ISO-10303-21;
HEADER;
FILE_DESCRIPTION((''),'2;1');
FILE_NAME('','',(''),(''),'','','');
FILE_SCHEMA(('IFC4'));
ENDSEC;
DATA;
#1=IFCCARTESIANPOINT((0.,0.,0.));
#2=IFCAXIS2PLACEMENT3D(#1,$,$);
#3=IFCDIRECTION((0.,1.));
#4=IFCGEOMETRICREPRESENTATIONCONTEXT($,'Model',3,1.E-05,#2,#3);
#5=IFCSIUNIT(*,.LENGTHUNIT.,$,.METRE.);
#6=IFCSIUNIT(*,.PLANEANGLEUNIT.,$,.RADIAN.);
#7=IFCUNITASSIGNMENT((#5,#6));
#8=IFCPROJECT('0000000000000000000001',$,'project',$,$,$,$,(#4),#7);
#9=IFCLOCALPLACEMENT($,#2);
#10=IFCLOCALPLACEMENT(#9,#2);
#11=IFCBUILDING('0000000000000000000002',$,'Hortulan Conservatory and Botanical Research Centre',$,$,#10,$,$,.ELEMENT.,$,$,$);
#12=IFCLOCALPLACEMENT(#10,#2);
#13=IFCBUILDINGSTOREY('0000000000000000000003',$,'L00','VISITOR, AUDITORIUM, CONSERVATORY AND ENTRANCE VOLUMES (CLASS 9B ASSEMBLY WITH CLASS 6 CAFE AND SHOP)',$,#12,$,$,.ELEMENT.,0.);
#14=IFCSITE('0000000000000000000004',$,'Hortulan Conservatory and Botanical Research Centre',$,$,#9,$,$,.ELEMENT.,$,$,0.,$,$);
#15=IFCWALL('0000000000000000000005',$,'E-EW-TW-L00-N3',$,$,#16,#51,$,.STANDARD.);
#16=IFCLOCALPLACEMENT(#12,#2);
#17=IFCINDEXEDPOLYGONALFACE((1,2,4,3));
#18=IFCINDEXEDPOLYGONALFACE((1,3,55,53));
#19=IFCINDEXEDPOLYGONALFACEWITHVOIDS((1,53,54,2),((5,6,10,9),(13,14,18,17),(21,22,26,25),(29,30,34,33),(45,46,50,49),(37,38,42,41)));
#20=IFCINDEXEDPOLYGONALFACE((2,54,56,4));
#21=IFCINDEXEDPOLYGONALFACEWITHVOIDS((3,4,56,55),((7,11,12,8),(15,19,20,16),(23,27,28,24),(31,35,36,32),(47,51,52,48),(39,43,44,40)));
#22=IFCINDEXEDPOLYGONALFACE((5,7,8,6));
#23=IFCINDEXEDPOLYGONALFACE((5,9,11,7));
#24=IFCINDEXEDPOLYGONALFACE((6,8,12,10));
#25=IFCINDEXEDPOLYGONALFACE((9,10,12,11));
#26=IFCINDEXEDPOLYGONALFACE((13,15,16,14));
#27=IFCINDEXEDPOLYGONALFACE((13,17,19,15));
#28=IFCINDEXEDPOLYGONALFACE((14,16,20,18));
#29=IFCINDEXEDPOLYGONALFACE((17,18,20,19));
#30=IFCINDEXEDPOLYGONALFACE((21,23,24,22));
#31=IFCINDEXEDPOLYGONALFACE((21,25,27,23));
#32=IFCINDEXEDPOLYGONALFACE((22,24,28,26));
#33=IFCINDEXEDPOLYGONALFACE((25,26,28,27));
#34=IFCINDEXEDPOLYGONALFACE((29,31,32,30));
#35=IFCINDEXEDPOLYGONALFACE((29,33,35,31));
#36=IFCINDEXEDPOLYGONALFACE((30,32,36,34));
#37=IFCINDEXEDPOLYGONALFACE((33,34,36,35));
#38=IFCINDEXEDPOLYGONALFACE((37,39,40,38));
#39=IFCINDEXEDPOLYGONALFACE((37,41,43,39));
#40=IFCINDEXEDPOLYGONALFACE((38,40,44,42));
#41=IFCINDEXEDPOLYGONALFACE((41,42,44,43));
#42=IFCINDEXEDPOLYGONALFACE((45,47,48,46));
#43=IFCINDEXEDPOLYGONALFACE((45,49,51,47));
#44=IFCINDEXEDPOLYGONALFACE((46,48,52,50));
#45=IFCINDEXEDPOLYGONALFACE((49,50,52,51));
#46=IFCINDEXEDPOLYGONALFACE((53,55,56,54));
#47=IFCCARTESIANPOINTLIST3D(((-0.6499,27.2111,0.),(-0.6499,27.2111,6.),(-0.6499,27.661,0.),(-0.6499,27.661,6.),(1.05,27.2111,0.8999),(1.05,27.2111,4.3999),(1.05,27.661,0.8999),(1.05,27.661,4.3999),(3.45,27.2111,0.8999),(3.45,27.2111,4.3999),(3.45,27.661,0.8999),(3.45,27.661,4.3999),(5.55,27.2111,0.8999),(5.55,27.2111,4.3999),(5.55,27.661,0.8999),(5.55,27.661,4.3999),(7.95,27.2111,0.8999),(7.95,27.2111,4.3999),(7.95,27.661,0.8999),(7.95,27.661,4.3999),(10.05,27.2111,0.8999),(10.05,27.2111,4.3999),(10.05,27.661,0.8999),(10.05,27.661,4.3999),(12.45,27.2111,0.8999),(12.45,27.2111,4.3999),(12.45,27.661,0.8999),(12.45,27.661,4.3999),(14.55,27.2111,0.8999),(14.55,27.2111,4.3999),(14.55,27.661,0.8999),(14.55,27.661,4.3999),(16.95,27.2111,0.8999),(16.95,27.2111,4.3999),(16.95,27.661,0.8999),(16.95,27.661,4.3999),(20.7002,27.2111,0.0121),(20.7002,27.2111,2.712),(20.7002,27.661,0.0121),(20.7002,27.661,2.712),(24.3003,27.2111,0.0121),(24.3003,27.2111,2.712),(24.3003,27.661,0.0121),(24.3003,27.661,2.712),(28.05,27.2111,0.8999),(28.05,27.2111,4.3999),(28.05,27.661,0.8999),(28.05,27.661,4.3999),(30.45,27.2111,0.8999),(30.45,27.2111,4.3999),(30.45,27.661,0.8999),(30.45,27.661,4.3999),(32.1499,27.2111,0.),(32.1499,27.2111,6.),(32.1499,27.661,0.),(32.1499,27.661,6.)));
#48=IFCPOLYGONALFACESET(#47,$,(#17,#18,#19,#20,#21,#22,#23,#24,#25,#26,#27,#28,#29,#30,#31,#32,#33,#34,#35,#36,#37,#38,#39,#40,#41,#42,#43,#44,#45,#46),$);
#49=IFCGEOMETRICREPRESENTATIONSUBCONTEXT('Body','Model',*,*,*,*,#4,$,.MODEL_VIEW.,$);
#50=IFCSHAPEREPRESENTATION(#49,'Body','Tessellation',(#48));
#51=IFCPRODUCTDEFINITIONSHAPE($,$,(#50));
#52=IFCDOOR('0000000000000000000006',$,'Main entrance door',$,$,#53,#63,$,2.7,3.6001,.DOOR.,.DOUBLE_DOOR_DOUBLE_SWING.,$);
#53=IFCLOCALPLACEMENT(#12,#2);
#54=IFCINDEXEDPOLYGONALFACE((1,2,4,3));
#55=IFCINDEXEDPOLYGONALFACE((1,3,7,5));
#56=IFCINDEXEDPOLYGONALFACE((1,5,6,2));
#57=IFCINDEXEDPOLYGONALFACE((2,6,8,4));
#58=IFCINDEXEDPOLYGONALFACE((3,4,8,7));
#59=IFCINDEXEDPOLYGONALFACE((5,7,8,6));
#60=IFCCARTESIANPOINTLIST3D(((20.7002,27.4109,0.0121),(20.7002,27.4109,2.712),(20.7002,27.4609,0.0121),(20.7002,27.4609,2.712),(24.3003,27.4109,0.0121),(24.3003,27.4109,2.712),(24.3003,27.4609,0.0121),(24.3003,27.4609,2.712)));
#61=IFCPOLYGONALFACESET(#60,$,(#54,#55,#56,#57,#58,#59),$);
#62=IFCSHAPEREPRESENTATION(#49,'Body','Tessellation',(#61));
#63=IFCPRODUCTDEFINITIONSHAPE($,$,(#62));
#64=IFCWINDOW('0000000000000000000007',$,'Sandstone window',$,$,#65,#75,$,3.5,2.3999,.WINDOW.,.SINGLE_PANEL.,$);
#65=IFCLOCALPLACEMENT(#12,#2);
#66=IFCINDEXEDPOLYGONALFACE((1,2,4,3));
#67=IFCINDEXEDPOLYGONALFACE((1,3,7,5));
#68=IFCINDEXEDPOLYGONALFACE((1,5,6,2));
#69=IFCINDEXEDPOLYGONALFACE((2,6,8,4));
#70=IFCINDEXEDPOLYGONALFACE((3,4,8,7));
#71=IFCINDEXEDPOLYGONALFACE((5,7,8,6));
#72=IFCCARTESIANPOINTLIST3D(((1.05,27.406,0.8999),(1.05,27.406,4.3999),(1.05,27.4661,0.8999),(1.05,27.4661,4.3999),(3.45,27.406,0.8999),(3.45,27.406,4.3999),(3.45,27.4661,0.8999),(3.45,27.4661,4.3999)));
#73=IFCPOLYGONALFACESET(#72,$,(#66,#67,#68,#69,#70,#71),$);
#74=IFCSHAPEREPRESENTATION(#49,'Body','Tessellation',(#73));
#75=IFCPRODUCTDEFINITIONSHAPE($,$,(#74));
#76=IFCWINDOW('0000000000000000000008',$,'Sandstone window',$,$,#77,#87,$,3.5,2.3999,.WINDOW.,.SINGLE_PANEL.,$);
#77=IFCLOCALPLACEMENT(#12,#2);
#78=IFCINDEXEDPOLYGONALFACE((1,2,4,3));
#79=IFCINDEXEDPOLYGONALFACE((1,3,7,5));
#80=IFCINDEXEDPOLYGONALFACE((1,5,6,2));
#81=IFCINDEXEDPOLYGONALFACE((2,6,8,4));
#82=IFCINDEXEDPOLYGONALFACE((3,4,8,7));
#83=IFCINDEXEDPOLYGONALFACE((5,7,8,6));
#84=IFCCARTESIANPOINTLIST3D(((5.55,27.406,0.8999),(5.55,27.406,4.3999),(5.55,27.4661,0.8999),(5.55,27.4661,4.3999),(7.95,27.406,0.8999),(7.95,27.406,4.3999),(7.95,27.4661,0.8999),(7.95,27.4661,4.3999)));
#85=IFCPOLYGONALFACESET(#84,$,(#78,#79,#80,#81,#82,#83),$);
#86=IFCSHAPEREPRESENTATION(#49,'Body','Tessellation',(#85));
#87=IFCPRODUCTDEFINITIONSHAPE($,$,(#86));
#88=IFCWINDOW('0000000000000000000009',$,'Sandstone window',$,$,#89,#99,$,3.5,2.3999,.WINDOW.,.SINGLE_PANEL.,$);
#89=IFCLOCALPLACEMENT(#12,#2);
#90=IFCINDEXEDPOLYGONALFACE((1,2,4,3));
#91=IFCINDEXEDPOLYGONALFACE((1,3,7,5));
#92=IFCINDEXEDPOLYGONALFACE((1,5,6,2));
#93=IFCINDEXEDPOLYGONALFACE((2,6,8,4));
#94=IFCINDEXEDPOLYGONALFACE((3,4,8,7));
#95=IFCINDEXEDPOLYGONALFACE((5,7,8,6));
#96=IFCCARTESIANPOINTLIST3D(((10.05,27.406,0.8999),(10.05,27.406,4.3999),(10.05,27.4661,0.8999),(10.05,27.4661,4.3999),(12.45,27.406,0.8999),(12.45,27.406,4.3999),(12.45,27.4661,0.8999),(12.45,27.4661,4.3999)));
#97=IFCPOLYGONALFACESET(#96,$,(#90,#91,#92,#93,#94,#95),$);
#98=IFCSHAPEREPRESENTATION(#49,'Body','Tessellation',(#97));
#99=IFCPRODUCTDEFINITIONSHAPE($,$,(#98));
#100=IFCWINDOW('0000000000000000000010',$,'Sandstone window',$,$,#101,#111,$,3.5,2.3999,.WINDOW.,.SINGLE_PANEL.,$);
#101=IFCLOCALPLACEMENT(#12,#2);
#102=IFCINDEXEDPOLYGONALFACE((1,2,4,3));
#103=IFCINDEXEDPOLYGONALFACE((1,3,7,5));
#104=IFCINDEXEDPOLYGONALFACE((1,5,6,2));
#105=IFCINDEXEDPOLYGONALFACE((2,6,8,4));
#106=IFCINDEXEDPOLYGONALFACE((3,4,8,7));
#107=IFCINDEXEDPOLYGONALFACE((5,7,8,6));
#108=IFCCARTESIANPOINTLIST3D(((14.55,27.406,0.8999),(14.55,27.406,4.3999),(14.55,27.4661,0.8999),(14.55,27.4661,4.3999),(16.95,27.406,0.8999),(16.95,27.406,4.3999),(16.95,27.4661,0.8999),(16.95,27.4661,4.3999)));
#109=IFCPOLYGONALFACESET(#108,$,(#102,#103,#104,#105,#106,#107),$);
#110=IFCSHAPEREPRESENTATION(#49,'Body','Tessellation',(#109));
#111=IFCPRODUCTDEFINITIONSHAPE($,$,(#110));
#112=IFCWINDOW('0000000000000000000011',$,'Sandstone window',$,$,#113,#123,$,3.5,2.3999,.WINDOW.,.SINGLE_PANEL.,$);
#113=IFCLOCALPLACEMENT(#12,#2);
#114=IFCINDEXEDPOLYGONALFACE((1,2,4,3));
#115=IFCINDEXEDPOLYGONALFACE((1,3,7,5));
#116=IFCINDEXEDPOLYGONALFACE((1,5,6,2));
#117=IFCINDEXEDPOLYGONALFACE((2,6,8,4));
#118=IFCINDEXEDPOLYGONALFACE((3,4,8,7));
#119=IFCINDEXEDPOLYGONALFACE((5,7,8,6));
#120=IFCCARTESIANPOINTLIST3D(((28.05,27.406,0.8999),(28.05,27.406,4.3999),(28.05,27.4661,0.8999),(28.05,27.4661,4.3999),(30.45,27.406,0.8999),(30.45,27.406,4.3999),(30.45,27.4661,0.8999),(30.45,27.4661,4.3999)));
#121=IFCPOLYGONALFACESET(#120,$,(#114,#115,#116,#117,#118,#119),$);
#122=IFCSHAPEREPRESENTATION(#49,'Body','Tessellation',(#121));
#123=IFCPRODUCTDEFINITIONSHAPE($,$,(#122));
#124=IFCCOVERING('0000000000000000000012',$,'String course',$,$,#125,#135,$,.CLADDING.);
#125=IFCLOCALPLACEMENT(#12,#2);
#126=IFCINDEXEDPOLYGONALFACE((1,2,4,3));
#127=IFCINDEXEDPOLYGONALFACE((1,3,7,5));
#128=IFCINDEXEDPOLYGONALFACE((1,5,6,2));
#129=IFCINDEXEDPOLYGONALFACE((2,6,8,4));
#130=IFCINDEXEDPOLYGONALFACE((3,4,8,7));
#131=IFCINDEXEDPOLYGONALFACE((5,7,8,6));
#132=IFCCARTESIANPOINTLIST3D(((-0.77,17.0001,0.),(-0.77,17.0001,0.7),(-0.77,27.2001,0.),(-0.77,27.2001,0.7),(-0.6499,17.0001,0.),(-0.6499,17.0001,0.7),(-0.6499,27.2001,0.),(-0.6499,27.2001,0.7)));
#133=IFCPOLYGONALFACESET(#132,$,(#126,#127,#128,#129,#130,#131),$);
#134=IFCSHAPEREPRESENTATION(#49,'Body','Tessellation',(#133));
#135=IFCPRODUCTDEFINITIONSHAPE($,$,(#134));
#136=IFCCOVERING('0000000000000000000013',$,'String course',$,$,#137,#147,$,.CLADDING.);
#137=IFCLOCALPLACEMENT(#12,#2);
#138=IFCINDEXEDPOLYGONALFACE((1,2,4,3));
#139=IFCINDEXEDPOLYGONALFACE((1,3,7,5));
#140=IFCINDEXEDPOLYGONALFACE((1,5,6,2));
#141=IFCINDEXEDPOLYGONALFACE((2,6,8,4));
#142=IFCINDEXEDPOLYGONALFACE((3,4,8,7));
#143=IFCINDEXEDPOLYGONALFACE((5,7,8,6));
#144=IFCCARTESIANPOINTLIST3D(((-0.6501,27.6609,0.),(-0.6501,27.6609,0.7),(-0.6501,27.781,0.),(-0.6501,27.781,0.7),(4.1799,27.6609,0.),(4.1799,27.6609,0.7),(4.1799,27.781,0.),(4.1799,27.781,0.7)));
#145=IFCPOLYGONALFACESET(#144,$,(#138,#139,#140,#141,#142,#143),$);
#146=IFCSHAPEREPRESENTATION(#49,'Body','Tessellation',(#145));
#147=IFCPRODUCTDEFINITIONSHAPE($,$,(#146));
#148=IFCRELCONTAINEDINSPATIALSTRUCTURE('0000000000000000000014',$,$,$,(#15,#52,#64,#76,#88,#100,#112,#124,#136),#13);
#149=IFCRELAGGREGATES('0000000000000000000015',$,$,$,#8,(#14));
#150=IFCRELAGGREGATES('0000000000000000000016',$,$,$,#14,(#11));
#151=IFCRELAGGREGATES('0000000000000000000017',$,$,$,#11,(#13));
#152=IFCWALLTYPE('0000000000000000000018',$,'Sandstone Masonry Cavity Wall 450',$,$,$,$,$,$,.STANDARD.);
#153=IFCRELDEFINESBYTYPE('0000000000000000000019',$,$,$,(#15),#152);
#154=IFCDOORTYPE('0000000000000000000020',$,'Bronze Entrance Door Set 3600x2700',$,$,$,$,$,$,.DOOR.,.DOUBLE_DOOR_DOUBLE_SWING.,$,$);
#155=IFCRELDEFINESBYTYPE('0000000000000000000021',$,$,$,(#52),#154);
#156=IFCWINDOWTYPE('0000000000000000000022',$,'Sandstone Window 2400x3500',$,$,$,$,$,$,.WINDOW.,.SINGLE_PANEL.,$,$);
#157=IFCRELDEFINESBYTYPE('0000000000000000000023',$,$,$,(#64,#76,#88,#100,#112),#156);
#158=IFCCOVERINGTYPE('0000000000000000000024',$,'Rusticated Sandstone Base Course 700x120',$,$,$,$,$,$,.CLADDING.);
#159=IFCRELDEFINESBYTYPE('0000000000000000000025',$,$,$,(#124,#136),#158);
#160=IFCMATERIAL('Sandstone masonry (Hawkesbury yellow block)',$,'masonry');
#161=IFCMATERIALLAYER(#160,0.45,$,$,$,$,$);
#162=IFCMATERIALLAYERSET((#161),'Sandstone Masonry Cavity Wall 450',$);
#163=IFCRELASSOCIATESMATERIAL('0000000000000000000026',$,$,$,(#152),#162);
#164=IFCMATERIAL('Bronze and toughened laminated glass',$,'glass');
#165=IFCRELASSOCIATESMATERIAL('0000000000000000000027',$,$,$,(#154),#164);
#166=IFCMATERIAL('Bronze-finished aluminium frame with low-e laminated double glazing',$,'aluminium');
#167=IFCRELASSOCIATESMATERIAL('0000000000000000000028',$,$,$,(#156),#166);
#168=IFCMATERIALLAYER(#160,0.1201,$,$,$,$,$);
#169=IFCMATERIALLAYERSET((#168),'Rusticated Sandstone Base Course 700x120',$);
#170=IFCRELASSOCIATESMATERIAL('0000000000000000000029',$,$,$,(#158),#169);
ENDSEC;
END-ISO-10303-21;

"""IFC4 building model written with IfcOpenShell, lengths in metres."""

from ifc_helpers import new_model, si_unit, direction, frame, frame_2d, origin, origin_2d, place, context, subcontext, project, spatial, rectangle, extrude, material, layer, layer_set, type_object, element, fill, save


model = new_model("IFC4")

# Units and contexts
model_context = context("Model", 3, precision=1e-05, world=origin(), true_north=direction((0.0, 1.0)))
body_context = subcontext(model_context, "Body", "Model", "MODEL_VIEW")
ifc_project = project(units=[si_unit("LENGTHUNIT", "METRE"), si_unit("PLANEANGLEUNIT", "RADIAN")], contexts=[model_context])

# Site, building, storey
site_placement = place(None, origin())
site = spatial("IfcSite", under=ifc_project, at=site_placement, Name="Hortulan Conservatory and Botanical Research Centre", CompositionType="ELEMENT", RefElevation=0.0)
building_placement = place(site_placement, origin())
building = spatial("IfcBuilding", under=site, at=building_placement, Name="Hortulan Conservatory and Botanical Research Centre", CompositionType="ELEMENT")
storey_placement = place(building_placement, origin())
storey = spatial("IfcBuildingStorey", under=building, at=storey_placement, Name="L00", Description="VISITOR, AUDITORIUM, CONSERVATORY AND ENTRANCE VOLUMES (CLASS 9B ASSEMBLY WITH CLASS 6 CAFE AND SHOP)", CompositionType="ELEMENT", Elevation=0.0)

# Wall, openings, door, windows
ifc_material_1 = material(Name="Sandstone masonry (Hawkesbury yellow block)", Category="masonry")
ifc_layer_1 = layer(ifc_material_1, 0.45)
ifc_layer_set_1 = layer_set([ifc_layer_1], Name="Sandstone Masonry Cavity Wall 450")
wall_type = type_object("IfcWallType", Name="Sandstone Masonry Cavity Wall 450", PredefinedType="STANDARD", material=ifc_layer_set_1)
wall_placement = place(storey_placement, frame((-0.6499, 27.436, 0.0), z_axis=(0.0, 0.0, 1.0), x_axis=(1.0, 0.0, 0.0)))
wall = element("IfcWall", 1, at=wall_placement, inside=storey, type_object=wall_type, Name="E-EW-TW-L00-N3", PredefinedType="STANDARD", context=body_context, shape_type="SweptSolid", body=[
    extrude(rectangle(XDim=32.7998, YDim=0.45, at=frame_2d((16.3999, 0.0))), origin(), (0.0, 0.0, 1.0), 6.0),
])
opening_1_placement = place(wall_placement, frame((21.3501, 0.0, 0.012)))
opening_1 = element("IfcOpeningElement", 2, at=opening_1_placement, cuts=wall, PredefinedType="OPENING", context=body_context, shape_type="SweptSolid", body=[
    extrude(rectangle(XDim=3.6001, YDim=2.7, at=frame_2d((1.8, 1.3501))), frame((0.0, 0.2349, 0.0), z_axis=(0.0, -1.0, 0.0), x_axis=(1.0, 0.0, 0.0)), (0.0, 0.0, 1.0), 0.47),
])
opening_2_placement = place(wall_placement, frame((1.7, 0.0, 0.8999)))
opening_2 = element("IfcOpeningElement", 3, at=opening_2_placement, cuts=wall, PredefinedType="OPENING", context=body_context, shape_type="SweptSolid", body=[
    extrude(rectangle(XDim=2.3999, YDim=3.5, at=frame_2d((1.2, 1.75))), frame((0.0, 0.2349, 0.0), z_axis=(0.0, -1.0, 0.0), x_axis=(1.0, 0.0, 0.0)), (0.0, 0.0, 1.0), 0.47),
])
opening_3_placement = place(wall_placement, frame((6.2, 0.0, 0.8999)))
opening_3 = element("IfcOpeningElement", 4, at=opening_3_placement, cuts=wall, PredefinedType="OPENING", context=body_context, shape_type="SweptSolid", body=[
    extrude(rectangle(XDim=2.3999, YDim=3.5, at=frame_2d((1.2, 1.75))), frame((0.0, 0.2349, 0.0), z_axis=(0.0, -1.0, 0.0), x_axis=(1.0, 0.0, 0.0)), (0.0, 0.0, 1.0), 0.47),
])
opening_4_placement = place(wall_placement, frame((10.7, 0.0, 0.8999)))
opening_4 = element("IfcOpeningElement", 5, at=opening_4_placement, cuts=wall, PredefinedType="OPENING", context=body_context, shape_type="SweptSolid", body=[
    extrude(rectangle(XDim=2.3999, YDim=3.5, at=frame_2d((1.2, 1.75))), frame((0.0, 0.2349, 0.0), z_axis=(0.0, -1.0, 0.0), x_axis=(1.0, 0.0, 0.0)), (0.0, 0.0, 1.0), 0.47),
])
opening_5_placement = place(wall_placement, frame((15.2, 0.0, 0.8999)))
opening_5 = element("IfcOpeningElement", 6, at=opening_5_placement, cuts=wall, PredefinedType="OPENING", context=body_context, shape_type="SweptSolid", body=[
    extrude(rectangle(XDim=2.3999, YDim=3.5, at=frame_2d((1.2, 1.75))), frame((0.0, 0.2349, 0.0), z_axis=(0.0, -1.0, 0.0), x_axis=(1.0, 0.0, 0.0)), (0.0, 0.0, 1.0), 0.47),
])
opening_6_placement = place(wall_placement, frame((28.7, 0.0, 0.8999)))
opening_6 = element("IfcOpeningElement", 7, at=opening_6_placement, cuts=wall, PredefinedType="OPENING", context=body_context, shape_type="SweptSolid", body=[
    extrude(rectangle(XDim=2.3999, YDim=3.5, at=frame_2d((1.2, 1.75))), frame((0.0, 0.2349, 0.0), z_axis=(0.0, -1.0, 0.0), x_axis=(1.0, 0.0, 0.0)), (0.0, 0.0, 1.0), 0.47),
])
ifc_material_2 = material(Name="Bronze and toughened laminated glass", Category="glass")
door_type = type_object("IfcDoorType", Name="Bronze Entrance Door Set 3600x2700", OperationType="DOUBLE_DOOR_DOUBLE_SWING", PredefinedType="DOOR", material=ifc_material_2)
door_placement = place(opening_1_placement, origin())
door = element("IfcDoor", 8, at=door_placement, inside=storey, type_object=door_type, Name="Main entrance door", OperationType="DOUBLE_DOOR_DOUBLE_SWING", OverallHeight=2.7, OverallWidth=3.6001, PredefinedType="DOOR", context=body_context, shape_type="SweptSolid", body=[
    extrude(rectangle(XDim=3.6001, YDim=2.7, at=frame_2d((1.8, 1.3501))), frame((0.0, 0.0249, 0.0), z_axis=(0.0, -1.0, 0.0), x_axis=(1.0, 0.0, 0.0)), (0.0, 0.0, 1.0), 0.05),
])
fill(opening_1, door)
ifc_material_3 = material(Name="Bronze-finished aluminium frame with low-e laminated double glazing", Category="aluminium")
window_type = type_object("IfcWindowType", Name="Sandstone Window 2400x3500", PartitioningType="SINGLE_PANEL", PredefinedType="WINDOW", material=ifc_material_3)
window_1_placement = place(opening_2_placement, origin())
window_1 = element("IfcWindow", 9, at=window_1_placement, inside=storey, type_object=window_type, Name="Sandstone window", OverallHeight=3.5, OverallWidth=2.3999, PartitioningType="SINGLE_PANEL", PredefinedType="WINDOW", context=body_context, shape_type="SweptSolid", body=[
    extrude(rectangle(XDim=2.3999, YDim=3.5, at=frame_2d((1.2, 1.75))), frame((0.0, 0.03, 0.0), z_axis=(0.0, -1.0, 0.0), x_axis=(1.0, 0.0, 0.0)), (0.0, 0.0, 1.0), 0.0601),
])
fill(opening_2, window_1)
window_2_placement = place(opening_3_placement, origin())
window_2 = element("IfcWindow", 10, at=window_2_placement, inside=storey, type_object=window_type, Name="Sandstone window", OverallHeight=3.5, OverallWidth=2.3999, PartitioningType="SINGLE_PANEL", PredefinedType="WINDOW", context=body_context, shape_type="SweptSolid", body=[
    extrude(rectangle(XDim=2.3999, YDim=3.5, at=frame_2d((1.2, 1.75))), frame((0.0, 0.03, 0.0), z_axis=(0.0, -1.0, 0.0), x_axis=(1.0, 0.0, 0.0)), (0.0, 0.0, 1.0), 0.0601),
])
fill(opening_3, window_2)
window_3_placement = place(opening_4_placement, origin())
window_3 = element("IfcWindow", 11, at=window_3_placement, inside=storey, type_object=window_type, Name="Sandstone window", OverallHeight=3.5, OverallWidth=2.3999, PartitioningType="SINGLE_PANEL", PredefinedType="WINDOW", context=body_context, shape_type="SweptSolid", body=[
    extrude(rectangle(XDim=2.3999, YDim=3.5, at=frame_2d((1.2, 1.75))), frame((0.0, 0.03, 0.0), z_axis=(0.0, -1.0, 0.0), x_axis=(1.0, 0.0, 0.0)), (0.0, 0.0, 1.0), 0.0601),
])
fill(opening_4, window_3)
window_4_placement = place(opening_5_placement, origin())
window_4 = element("IfcWindow", 12, at=window_4_placement, inside=storey, type_object=window_type, Name="Sandstone window", OverallHeight=3.5, OverallWidth=2.3999, PartitioningType="SINGLE_PANEL", PredefinedType="WINDOW", context=body_context, shape_type="SweptSolid", body=[
    extrude(rectangle(XDim=2.3999, YDim=3.5, at=frame_2d((1.2, 1.75))), frame((0.0, 0.03, 0.0), z_axis=(0.0, -1.0, 0.0), x_axis=(1.0, 0.0, 0.0)), (0.0, 0.0, 1.0), 0.0601),
])
fill(opening_5, window_4)
window_5_placement = place(opening_6_placement, origin())
window_5 = element("IfcWindow", 13, at=window_5_placement, inside=storey, type_object=window_type, Name="Sandstone window", OverallHeight=3.5, OverallWidth=2.3999, PartitioningType="SINGLE_PANEL", PredefinedType="WINDOW", context=body_context, shape_type="SweptSolid", body=[
    extrude(rectangle(XDim=2.3999, YDim=3.5, at=frame_2d((1.2, 1.75))), frame((0.0, 0.03, 0.0), z_axis=(0.0, -1.0, 0.0), x_axis=(1.0, 0.0, 0.0)), (0.0, 0.0, 1.0), 0.0601),
])
fill(opening_6, window_5)

# Coverings
ifc_layer_2 = layer(ifc_material_1, 0.1201)
ifc_layer_set_2 = layer_set([ifc_layer_2], Name="Rusticated Sandstone Base Course 700x120")
covering_type_1 = type_object("IfcCoveringType", Name="Rusticated Sandstone Base Course 700x120", PredefinedType="CLADDING", material=ifc_layer_set_2)
covering_1_placement = place(storey_placement, frame((-0.71, 22.1001, 0.0), z_axis=(0.0, 0.0, 1.0), x_axis=(0.0, 1.0, 0.0)))
element("IfcCovering", 14, at=covering_1_placement, inside=storey, type_object=covering_type_1, Name="String course", PredefinedType="CLADDING", context=body_context, shape_type="SweptSolid", body=[
    extrude(rectangle(XDim=10.2, YDim=0.1201, at=origin_2d()), origin(), (0.0, 0.0, 1.0), 0.7),
])
covering_2_placement = place(storey_placement, frame((1.7649, 27.7209, 0.0), z_axis=(0.0, 0.0, 1.0), x_axis=(1.0, 0.0, 0.0)))
element("IfcCovering", 15, at=covering_2_placement, inside=storey, type_object=covering_type_1, Name="String course", PredefinedType="CLADDING", context=body_context, shape_type="SweptSolid", body=[
    extrude(rectangle(XDim=4.8301, YDim=0.1201, at=origin_2d()), origin(), (0.0, 0.0, 1.0), 0.7),
])

save(model, "model.ifc")
